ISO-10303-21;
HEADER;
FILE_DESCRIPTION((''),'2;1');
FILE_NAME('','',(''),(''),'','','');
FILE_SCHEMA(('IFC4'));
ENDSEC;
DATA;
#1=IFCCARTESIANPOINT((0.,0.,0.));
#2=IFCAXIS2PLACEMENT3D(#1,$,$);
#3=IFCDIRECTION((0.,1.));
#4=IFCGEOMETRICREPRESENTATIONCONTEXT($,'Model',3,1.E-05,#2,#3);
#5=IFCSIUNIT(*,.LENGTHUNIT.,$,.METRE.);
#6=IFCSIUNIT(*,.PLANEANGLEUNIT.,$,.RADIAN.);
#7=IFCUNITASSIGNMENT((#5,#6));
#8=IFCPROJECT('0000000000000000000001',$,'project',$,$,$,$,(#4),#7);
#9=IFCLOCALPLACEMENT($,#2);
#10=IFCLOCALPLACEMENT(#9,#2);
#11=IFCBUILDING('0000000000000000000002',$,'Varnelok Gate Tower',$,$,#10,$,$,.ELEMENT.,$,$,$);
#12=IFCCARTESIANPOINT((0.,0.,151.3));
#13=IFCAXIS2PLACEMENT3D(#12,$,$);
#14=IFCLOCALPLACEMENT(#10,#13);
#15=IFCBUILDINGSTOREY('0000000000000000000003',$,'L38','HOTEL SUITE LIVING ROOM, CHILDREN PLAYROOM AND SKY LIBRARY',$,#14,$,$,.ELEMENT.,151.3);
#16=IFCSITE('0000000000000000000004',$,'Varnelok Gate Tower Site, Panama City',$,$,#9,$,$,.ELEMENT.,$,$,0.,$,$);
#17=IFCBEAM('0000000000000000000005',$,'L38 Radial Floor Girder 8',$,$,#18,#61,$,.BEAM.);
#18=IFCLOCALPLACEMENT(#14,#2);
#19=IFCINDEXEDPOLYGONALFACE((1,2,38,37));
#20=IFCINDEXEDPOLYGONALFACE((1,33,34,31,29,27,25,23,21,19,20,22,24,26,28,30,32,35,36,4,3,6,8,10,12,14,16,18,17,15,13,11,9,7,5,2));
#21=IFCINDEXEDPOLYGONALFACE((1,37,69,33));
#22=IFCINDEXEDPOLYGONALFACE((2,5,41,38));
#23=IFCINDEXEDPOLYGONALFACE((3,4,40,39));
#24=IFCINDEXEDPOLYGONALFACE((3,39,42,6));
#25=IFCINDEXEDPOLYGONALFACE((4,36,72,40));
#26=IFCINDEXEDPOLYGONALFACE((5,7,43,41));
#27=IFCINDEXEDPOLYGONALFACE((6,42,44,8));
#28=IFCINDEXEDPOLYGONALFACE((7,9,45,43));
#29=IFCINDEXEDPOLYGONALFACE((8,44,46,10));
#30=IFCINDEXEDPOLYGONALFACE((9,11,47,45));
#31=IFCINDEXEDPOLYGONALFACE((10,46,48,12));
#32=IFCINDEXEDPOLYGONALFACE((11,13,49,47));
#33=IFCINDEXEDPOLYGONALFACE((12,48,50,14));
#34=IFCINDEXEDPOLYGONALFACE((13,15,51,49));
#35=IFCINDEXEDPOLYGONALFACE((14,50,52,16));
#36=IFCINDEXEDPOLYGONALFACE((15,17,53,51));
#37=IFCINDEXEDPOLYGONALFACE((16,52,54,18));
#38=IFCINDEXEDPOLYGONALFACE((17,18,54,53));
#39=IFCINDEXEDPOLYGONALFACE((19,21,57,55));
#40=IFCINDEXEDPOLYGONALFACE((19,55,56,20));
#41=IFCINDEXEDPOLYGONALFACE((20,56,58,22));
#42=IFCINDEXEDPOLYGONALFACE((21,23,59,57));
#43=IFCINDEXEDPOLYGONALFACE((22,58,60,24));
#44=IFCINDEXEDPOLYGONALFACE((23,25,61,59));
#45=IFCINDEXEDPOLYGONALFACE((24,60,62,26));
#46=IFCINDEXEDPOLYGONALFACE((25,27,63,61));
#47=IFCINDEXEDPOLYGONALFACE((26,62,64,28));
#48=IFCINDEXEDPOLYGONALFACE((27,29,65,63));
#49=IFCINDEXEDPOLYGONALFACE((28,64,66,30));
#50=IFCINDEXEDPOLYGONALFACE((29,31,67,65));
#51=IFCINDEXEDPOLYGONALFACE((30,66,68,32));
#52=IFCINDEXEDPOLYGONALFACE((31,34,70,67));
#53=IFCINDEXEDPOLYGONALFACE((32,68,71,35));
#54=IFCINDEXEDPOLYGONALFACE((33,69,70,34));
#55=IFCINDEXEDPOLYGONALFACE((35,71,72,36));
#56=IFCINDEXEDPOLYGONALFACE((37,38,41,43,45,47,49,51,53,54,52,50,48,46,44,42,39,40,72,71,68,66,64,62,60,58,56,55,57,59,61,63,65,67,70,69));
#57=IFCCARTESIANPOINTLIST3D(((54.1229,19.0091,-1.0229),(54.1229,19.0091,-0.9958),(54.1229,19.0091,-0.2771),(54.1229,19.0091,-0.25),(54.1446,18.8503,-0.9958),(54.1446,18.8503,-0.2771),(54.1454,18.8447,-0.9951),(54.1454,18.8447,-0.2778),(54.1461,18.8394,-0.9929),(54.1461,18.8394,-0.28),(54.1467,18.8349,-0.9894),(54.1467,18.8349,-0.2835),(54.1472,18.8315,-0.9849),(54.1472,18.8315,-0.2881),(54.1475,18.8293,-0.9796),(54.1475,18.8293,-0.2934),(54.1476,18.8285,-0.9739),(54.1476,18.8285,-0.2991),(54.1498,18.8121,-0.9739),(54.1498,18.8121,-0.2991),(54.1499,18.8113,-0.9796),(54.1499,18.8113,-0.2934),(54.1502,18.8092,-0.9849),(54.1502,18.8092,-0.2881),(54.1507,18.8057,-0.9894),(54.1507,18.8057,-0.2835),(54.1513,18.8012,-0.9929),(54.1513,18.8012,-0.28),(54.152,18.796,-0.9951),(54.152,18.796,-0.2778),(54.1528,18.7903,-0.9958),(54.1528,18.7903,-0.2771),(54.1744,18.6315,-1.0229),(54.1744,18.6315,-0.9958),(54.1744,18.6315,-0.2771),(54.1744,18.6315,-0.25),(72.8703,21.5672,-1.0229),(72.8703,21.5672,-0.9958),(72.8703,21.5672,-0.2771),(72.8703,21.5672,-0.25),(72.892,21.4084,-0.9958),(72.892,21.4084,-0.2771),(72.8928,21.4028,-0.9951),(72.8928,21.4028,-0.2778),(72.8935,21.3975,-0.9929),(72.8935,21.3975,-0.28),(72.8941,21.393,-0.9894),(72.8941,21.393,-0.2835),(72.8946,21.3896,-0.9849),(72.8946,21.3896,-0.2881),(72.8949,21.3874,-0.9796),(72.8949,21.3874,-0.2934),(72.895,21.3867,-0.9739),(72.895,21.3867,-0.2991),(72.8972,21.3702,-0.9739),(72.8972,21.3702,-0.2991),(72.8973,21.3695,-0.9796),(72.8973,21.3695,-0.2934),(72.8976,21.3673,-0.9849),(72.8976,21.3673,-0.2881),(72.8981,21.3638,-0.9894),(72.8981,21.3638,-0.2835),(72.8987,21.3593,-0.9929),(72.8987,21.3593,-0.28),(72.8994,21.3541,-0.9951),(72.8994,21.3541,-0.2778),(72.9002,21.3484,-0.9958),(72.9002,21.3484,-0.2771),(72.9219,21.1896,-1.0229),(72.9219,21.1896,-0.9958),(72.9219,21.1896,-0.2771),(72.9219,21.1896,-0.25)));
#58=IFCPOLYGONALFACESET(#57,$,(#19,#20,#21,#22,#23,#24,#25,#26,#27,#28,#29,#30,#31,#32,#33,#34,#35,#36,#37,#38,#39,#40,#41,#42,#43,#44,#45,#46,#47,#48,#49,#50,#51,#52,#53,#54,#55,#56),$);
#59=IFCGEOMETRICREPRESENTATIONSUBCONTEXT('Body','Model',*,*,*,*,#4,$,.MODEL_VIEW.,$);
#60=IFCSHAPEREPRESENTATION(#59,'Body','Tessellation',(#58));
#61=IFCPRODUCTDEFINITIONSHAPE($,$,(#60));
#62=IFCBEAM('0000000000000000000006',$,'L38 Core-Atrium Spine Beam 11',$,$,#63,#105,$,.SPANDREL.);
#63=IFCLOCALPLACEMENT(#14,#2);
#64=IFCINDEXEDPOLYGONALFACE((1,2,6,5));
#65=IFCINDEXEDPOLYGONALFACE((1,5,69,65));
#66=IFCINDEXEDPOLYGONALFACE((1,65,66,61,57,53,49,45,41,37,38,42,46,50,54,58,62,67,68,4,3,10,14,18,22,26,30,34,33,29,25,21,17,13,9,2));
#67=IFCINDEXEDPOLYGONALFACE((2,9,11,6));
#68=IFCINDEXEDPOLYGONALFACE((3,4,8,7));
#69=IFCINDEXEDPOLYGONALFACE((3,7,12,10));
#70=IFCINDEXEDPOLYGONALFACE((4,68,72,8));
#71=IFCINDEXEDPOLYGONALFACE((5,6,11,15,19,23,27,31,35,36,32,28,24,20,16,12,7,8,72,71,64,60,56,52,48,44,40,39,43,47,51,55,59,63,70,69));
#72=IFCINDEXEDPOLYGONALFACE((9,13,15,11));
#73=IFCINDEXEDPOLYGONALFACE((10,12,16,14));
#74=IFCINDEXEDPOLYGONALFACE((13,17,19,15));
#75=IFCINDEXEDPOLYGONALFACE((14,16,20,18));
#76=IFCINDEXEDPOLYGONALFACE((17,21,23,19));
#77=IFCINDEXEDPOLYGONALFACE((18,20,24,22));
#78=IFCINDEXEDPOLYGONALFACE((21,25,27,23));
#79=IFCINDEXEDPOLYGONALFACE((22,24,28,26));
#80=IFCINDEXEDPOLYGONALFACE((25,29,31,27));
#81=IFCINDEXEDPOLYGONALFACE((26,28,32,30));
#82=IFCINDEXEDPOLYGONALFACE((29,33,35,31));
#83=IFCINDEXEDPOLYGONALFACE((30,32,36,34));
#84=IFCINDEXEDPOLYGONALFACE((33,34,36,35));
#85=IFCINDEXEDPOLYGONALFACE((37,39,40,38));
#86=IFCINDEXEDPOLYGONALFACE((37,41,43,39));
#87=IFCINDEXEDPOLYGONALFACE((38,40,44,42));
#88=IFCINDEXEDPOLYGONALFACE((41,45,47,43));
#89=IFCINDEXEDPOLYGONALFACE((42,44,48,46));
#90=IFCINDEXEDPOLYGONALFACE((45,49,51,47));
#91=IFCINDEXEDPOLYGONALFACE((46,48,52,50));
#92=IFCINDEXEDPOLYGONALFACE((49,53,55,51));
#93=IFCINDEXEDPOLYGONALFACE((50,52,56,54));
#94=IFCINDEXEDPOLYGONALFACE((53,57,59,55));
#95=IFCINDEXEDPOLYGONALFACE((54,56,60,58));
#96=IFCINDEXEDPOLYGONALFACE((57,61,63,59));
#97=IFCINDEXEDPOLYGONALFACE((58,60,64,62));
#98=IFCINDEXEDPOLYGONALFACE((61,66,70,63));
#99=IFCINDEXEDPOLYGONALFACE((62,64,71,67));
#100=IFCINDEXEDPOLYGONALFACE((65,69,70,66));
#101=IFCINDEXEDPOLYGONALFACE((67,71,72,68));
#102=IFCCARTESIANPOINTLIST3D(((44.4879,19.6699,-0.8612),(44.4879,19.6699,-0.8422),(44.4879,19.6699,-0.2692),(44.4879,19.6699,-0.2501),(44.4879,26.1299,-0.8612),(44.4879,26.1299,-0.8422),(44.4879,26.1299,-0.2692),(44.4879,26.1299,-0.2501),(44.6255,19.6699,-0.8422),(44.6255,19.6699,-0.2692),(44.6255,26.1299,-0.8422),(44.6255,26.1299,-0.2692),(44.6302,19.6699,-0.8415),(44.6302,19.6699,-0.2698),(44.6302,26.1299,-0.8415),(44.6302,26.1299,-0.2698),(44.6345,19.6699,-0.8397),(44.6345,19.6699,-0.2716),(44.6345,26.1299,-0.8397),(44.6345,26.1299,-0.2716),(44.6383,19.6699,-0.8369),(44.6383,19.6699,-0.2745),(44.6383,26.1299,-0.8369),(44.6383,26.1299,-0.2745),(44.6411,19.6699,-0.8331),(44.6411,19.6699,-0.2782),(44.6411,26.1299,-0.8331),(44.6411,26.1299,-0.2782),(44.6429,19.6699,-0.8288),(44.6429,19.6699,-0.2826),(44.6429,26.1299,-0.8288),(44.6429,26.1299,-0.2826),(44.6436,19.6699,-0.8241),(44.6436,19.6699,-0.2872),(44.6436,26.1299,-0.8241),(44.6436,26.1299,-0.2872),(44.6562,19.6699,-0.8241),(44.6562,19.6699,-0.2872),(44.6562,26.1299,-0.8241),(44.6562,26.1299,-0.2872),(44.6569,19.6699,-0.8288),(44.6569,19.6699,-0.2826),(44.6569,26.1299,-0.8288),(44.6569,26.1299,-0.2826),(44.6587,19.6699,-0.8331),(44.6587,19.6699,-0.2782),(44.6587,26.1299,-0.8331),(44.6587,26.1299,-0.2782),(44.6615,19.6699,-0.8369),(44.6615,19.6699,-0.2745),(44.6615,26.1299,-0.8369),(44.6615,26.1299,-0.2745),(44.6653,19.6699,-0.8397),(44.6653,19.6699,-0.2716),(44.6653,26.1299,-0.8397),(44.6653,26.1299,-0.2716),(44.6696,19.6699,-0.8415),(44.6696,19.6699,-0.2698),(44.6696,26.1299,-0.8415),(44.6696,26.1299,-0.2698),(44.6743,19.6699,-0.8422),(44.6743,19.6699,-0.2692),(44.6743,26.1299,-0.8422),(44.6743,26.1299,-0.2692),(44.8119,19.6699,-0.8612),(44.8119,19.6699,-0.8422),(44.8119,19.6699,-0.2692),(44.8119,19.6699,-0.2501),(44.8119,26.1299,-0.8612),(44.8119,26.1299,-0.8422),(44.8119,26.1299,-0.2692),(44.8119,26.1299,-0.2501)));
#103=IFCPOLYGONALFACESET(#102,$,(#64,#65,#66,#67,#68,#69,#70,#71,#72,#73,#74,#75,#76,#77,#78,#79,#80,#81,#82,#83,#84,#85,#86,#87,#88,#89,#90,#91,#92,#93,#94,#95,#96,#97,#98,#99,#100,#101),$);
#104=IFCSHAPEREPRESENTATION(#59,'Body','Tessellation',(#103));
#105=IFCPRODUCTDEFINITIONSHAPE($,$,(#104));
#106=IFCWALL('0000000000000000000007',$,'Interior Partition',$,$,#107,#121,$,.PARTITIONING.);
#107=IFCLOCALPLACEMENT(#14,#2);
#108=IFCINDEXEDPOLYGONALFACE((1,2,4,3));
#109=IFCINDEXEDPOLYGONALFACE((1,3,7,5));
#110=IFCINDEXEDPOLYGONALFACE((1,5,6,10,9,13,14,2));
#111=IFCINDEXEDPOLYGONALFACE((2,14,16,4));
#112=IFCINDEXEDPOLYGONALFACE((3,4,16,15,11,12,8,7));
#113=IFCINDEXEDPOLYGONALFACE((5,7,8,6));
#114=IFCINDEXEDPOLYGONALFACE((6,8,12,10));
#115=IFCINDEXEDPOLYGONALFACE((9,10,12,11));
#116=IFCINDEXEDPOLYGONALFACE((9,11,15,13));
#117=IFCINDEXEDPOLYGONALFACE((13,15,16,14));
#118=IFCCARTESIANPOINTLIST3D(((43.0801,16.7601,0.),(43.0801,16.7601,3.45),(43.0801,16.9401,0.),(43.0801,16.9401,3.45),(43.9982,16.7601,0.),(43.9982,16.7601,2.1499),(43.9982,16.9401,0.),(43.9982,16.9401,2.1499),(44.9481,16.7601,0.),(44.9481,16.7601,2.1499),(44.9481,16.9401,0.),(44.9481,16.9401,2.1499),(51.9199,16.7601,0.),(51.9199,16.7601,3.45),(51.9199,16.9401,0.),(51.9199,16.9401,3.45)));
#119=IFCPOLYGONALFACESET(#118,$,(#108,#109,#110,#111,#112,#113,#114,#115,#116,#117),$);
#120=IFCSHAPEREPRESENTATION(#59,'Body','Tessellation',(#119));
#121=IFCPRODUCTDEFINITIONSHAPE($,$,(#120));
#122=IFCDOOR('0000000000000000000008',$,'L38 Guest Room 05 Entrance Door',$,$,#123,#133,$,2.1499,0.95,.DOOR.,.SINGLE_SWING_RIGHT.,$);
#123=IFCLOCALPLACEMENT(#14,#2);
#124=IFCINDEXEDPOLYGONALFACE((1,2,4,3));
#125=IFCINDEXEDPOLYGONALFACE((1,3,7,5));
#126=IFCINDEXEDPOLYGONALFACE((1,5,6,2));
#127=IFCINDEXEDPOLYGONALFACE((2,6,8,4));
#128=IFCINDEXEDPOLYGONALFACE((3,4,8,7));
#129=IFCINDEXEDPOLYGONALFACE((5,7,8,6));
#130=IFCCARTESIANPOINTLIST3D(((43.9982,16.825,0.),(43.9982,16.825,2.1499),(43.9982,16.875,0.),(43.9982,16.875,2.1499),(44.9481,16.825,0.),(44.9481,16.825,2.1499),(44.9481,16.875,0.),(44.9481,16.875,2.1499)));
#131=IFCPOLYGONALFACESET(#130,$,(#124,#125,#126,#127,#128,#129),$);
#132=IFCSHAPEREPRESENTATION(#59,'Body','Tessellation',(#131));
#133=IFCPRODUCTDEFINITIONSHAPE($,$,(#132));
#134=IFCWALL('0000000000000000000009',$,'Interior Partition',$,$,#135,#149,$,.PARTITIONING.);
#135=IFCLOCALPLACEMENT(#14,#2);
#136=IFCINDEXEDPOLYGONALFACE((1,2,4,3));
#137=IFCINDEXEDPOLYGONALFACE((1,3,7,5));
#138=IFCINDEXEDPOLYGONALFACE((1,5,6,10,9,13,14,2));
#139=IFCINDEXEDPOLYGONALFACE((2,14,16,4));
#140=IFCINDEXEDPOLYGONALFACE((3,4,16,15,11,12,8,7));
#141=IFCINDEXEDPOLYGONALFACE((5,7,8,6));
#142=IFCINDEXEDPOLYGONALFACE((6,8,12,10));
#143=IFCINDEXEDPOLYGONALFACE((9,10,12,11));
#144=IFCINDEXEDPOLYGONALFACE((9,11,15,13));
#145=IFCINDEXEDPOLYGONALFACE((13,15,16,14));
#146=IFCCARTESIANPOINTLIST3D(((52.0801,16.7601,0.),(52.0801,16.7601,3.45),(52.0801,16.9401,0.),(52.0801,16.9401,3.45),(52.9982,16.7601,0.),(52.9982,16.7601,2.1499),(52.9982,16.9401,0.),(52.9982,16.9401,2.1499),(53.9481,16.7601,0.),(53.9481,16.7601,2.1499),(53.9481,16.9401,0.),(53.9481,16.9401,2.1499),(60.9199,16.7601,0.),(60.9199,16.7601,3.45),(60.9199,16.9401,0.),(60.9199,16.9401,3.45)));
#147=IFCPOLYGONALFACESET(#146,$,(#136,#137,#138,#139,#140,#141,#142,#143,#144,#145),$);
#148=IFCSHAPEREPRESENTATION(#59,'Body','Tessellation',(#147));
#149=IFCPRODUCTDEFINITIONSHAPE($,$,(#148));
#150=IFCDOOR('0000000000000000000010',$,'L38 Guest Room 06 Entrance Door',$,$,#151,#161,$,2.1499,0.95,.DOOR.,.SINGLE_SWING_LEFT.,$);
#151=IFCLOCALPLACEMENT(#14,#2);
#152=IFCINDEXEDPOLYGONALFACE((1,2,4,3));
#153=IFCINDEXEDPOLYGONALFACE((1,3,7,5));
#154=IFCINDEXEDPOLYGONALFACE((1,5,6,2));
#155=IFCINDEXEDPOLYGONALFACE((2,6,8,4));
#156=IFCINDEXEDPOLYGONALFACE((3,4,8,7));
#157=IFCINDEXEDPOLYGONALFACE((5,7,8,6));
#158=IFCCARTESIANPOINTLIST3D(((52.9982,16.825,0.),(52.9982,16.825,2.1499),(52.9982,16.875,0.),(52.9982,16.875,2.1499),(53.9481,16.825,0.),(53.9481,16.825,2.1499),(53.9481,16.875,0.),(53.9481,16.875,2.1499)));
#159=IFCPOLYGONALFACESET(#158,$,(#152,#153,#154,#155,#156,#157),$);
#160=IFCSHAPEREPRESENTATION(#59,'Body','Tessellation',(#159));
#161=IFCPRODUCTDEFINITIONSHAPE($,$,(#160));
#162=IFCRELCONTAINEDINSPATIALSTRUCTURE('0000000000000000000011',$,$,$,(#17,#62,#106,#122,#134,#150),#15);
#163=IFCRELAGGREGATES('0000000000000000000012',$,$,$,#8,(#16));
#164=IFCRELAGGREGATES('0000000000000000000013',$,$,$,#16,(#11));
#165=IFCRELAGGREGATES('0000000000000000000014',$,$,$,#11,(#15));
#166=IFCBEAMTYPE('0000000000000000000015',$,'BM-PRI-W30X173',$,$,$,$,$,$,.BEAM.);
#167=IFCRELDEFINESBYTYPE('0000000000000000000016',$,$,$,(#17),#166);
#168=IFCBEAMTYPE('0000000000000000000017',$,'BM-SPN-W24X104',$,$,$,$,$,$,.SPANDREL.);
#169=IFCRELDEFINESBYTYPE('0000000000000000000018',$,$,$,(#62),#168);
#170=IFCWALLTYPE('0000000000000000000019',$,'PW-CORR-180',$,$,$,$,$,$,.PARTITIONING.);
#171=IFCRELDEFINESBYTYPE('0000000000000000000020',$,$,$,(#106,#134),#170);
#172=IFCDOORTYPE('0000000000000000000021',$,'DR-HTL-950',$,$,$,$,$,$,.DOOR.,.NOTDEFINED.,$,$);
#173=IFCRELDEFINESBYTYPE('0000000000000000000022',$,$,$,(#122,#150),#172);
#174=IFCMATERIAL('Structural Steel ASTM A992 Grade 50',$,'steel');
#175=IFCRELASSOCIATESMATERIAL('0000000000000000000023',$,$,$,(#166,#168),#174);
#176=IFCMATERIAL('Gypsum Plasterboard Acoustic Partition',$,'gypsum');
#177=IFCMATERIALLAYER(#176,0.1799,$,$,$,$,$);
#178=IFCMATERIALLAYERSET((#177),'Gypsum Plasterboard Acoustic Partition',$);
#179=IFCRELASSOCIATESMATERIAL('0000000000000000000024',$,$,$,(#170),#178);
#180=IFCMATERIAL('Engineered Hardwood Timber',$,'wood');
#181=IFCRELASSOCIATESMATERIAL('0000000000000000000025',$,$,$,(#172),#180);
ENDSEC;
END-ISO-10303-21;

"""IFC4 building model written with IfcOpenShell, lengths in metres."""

from ifc_helpers import new_model, si_unit, direction, frame, frame_2d, origin, origin_2d, place, context, subcontext, project, spatial, rectangle, i_section, extrude, material, layer, layer_set, material_profile, profile_set, type_object, element, fill, save


model = new_model("IFC4")

# Units and contexts
model_context = context("Model", 3, precision=1e-05, world=origin(), true_north=direction((0.0, 1.0)))
body_context = subcontext(model_context, "Body", "Model", "MODEL_VIEW")
ifc_project = project(units=[si_unit("LENGTHUNIT", "METRE"), si_unit("PLANEANGLEUNIT", "RADIAN")], contexts=[model_context])

# Site, building, storey
site_placement = place(None, origin())
site = spatial("IfcSite", under=ifc_project, at=site_placement, Name="Varnelok Gate Tower Site, Panama City", CompositionType="ELEMENT", RefElevation=0.0)
building_placement = place(site_placement, origin())
building = spatial("IfcBuilding", under=site, at=building_placement, Name="Varnelok Gate Tower", CompositionType="ELEMENT")
storey_placement = place(building_placement, frame((0.0, 0.0, 151.3)))
storey = spatial("IfcBuildingStorey", under=building, at=storey_placement, Name="L38", Description="HOTEL SUITE LIVING ROOM, CHILDREN PLAYROOM AND SKY LIBRARY", CompositionType="ELEMENT", Elevation=151.3)

# Shared definitions
ifc_material_1 = material(Name="Structural Steel ASTM A992 Grade 50", Category="steel")

# Beams
ifc_material_profile_1 = material_profile(ifc_material_1, i_section(OverallWidth=0.3811, OverallDepth=0.7729, WebThickness=0.0166, FlangeThickness=0.0271, FilletRadius=0.022, at=origin_2d()), Name="W30X173")
ifc_profile_set_1 = profile_set([ifc_material_profile_1], Name="Structural Steel ASTM A992 Grade 50")
beam_type_1 = type_object("IfcBeamType", Name="BM-PRI-W30X173", PredefinedType="BEAM", material=ifc_profile_set_1)
beam_1_placement = place(storey_placement, frame((54.1487, 18.8203, -0.6365), z_axis=(0.990818, 0.135199, 0.0), x_axis=(-0.135199, 0.990818, 0.0)))
element("IfcBeam", 1, at=beam_1_placement, inside=storey, type_object=beam_type_1, Name="L38 Radial Floor Girder 8", PredefinedType="BEAM", context=body_context, shape_type="SweptSolid", body=[
    extrude(i_section(OverallWidth=0.3811, OverallDepth=0.7729, WebThickness=0.0166, FlangeThickness=0.0271, FilletRadius=0.022, at=origin_2d()), origin(), (0.0, 0.0, 1.0), 18.9211),
])
ifc_material_profile_2 = material_profile(ifc_material_1, i_section(OverallWidth=0.324, OverallDepth=0.6111, WebThickness=0.0127, FlangeThickness=0.019, FilletRadius=0.0181, at=origin_2d()), Name="W24X104")
ifc_profile_set_2 = profile_set([ifc_material_profile_2], Name="Structural Steel ASTM A992 Grade 50")
beam_type_2 = type_object("IfcBeamType", Name="BM-SPN-W24X104", PredefinedType="SPANDREL", material=ifc_profile_set_2)
beam_2_placement = place(storey_placement, frame((44.6499, 19.6699, -0.5557), z_axis=(0.0, 1.0, 0.0), x_axis=(-1.0, 0.0, 0.0)))
element("IfcBeam", 2, at=beam_2_placement, inside=storey, type_object=beam_type_2, Name="L38 Core-Atrium Spine Beam 11", PredefinedType="SPANDREL", context=body_context, shape_type="SweptSolid", body=[
    extrude(i_section(OverallWidth=0.324, OverallDepth=0.6111, WebThickness=0.0127, FlangeThickness=0.019, FilletRadius=0.0181, at=origin_2d()), origin(), (0.0, 0.0, 1.0), 6.46),
])

# Walls, openings, doors
ifc_material_2 = material(Name="Gypsum Plasterboard Acoustic Partition", Category="gypsum")
ifc_layer_1 = layer(ifc_material_2, 0.1799)
ifc_layer_set_1 = layer_set([ifc_layer_1], Name="Gypsum Plasterboard Acoustic Partition")
wall_type_1 = type_object("IfcWallType", Name="PW-CORR-180", PredefinedType="PARTITIONING", material=ifc_layer_set_1)
wall_1_placement = place(storey_placement, frame((43.0801, 16.8501, 0.0), z_axis=(0.0, 0.0, 1.0), x_axis=(1.0, 0.0, 0.0)))
wall_1 = element("IfcWall", 3, at=wall_1_placement, inside=storey, type_object=wall_type_1, Name="Interior Partition", PredefinedType="PARTITIONING", context=body_context, shape_type="SweptSolid", body=[
    extrude(rectangle(XDim=8.8398, YDim=0.1799, at=frame_2d((4.4199, 0.0))), origin(), (0.0, 0.0, 1.0), 3.45),
])
opening_1_placement = place(wall_1_placement, frame((0.918, 0.0, 0.0)))
opening_1 = element("IfcOpeningElement", 4, at=opening_1_placement, cuts=wall_1, PredefinedType="OPENING", context=body_context, shape_type="SweptSolid", body=[
    extrude(rectangle(XDim=0.95, YDim=2.1499, at=frame_2d((0.4751, 1.075))), frame((0.0, 0.0999, 0.0), z_axis=(0.0, -1.0, 0.0), x_axis=(1.0, 0.0, 0.0)), (0.0, 0.0, 1.0), 0.2),
])
ifc_material_3 = material(Name="Engineered Hardwood Timber", Category="wood")
door_type_1 = type_object("IfcDoorType", Name="DR-HTL-950", OperationType="NOTDEFINED", PredefinedType="DOOR", material=ifc_material_3)
door_1_placement = place(opening_1_placement, origin())
door_1 = element("IfcDoor", 5, at=door_1_placement, inside=storey, type_object=door_type_1, Name="L38 Guest Room 05 Entrance Door", OperationType="SINGLE_SWING_RIGHT", OverallHeight=2.1499, OverallWidth=0.95, PredefinedType="DOOR", context=body_context, shape_type="SweptSolid", body=[
    extrude(rectangle(XDim=0.95, YDim=2.1499, at=frame_2d((0.4751, 1.075))), frame((0.0, 0.0249, 0.0), z_axis=(0.0, -1.0, 0.0), x_axis=(1.0, 0.0, 0.0)), (0.0, 0.0, 1.0), 0.05),
])
fill(opening_1, door_1)
wall_2_placement = place(storey_placement, frame((52.0801, 16.8501, 0.0), z_axis=(0.0, 0.0, 1.0), x_axis=(1.0, 0.0, 0.0)))
wall_2 = element("IfcWall", 6, at=wall_2_placement, inside=storey, type_object=wall_type_1, Name="Interior Partition", PredefinedType="PARTITIONING", context=body_context, shape_type="SweptSolid", body=[
    extrude(rectangle(XDim=8.8398, YDim=0.1799, at=frame_2d((4.4199, 0.0))), origin(), (0.0, 0.0, 1.0), 3.45),
])
opening_2_placement = place(wall_2_placement, frame((0.918, 0.0, 0.0)))
opening_2 = element("IfcOpeningElement", 7, at=opening_2_placement, cuts=wall_2, PredefinedType="OPENING", context=body_context, shape_type="SweptSolid", body=[
    extrude(rectangle(XDim=0.95, YDim=2.1499, at=frame_2d((0.4751, 1.075))), frame((0.0, 0.0999, 0.0), z_axis=(0.0, -1.0, 0.0), x_axis=(1.0, 0.0, 0.0)), (0.0, 0.0, 1.0), 0.2),
])
door_2_placement = place(opening_2_placement, origin())
door_2 = element("IfcDoor", 8, at=door_2_placement, inside=storey, type_object=door_type_1, Name="L38 Guest Room 06 Entrance Door", OperationType="SINGLE_SWING_LEFT", OverallHeight=2.1499, OverallWidth=0.95, PredefinedType="DOOR", context=body_context, shape_type="SweptSolid", body=[
    extrude(rectangle(XDim=0.95, YDim=2.1499, at=frame_2d((0.4751, 1.075))), frame((0.0, 0.0249, 0.0), z_axis=(0.0, -1.0, 0.0), x_axis=(1.0, 0.0, 0.0)), (0.0, 0.0, 1.0), 0.05),
])
fill(opening_2, door_2)

save(model, "model.ifc")
